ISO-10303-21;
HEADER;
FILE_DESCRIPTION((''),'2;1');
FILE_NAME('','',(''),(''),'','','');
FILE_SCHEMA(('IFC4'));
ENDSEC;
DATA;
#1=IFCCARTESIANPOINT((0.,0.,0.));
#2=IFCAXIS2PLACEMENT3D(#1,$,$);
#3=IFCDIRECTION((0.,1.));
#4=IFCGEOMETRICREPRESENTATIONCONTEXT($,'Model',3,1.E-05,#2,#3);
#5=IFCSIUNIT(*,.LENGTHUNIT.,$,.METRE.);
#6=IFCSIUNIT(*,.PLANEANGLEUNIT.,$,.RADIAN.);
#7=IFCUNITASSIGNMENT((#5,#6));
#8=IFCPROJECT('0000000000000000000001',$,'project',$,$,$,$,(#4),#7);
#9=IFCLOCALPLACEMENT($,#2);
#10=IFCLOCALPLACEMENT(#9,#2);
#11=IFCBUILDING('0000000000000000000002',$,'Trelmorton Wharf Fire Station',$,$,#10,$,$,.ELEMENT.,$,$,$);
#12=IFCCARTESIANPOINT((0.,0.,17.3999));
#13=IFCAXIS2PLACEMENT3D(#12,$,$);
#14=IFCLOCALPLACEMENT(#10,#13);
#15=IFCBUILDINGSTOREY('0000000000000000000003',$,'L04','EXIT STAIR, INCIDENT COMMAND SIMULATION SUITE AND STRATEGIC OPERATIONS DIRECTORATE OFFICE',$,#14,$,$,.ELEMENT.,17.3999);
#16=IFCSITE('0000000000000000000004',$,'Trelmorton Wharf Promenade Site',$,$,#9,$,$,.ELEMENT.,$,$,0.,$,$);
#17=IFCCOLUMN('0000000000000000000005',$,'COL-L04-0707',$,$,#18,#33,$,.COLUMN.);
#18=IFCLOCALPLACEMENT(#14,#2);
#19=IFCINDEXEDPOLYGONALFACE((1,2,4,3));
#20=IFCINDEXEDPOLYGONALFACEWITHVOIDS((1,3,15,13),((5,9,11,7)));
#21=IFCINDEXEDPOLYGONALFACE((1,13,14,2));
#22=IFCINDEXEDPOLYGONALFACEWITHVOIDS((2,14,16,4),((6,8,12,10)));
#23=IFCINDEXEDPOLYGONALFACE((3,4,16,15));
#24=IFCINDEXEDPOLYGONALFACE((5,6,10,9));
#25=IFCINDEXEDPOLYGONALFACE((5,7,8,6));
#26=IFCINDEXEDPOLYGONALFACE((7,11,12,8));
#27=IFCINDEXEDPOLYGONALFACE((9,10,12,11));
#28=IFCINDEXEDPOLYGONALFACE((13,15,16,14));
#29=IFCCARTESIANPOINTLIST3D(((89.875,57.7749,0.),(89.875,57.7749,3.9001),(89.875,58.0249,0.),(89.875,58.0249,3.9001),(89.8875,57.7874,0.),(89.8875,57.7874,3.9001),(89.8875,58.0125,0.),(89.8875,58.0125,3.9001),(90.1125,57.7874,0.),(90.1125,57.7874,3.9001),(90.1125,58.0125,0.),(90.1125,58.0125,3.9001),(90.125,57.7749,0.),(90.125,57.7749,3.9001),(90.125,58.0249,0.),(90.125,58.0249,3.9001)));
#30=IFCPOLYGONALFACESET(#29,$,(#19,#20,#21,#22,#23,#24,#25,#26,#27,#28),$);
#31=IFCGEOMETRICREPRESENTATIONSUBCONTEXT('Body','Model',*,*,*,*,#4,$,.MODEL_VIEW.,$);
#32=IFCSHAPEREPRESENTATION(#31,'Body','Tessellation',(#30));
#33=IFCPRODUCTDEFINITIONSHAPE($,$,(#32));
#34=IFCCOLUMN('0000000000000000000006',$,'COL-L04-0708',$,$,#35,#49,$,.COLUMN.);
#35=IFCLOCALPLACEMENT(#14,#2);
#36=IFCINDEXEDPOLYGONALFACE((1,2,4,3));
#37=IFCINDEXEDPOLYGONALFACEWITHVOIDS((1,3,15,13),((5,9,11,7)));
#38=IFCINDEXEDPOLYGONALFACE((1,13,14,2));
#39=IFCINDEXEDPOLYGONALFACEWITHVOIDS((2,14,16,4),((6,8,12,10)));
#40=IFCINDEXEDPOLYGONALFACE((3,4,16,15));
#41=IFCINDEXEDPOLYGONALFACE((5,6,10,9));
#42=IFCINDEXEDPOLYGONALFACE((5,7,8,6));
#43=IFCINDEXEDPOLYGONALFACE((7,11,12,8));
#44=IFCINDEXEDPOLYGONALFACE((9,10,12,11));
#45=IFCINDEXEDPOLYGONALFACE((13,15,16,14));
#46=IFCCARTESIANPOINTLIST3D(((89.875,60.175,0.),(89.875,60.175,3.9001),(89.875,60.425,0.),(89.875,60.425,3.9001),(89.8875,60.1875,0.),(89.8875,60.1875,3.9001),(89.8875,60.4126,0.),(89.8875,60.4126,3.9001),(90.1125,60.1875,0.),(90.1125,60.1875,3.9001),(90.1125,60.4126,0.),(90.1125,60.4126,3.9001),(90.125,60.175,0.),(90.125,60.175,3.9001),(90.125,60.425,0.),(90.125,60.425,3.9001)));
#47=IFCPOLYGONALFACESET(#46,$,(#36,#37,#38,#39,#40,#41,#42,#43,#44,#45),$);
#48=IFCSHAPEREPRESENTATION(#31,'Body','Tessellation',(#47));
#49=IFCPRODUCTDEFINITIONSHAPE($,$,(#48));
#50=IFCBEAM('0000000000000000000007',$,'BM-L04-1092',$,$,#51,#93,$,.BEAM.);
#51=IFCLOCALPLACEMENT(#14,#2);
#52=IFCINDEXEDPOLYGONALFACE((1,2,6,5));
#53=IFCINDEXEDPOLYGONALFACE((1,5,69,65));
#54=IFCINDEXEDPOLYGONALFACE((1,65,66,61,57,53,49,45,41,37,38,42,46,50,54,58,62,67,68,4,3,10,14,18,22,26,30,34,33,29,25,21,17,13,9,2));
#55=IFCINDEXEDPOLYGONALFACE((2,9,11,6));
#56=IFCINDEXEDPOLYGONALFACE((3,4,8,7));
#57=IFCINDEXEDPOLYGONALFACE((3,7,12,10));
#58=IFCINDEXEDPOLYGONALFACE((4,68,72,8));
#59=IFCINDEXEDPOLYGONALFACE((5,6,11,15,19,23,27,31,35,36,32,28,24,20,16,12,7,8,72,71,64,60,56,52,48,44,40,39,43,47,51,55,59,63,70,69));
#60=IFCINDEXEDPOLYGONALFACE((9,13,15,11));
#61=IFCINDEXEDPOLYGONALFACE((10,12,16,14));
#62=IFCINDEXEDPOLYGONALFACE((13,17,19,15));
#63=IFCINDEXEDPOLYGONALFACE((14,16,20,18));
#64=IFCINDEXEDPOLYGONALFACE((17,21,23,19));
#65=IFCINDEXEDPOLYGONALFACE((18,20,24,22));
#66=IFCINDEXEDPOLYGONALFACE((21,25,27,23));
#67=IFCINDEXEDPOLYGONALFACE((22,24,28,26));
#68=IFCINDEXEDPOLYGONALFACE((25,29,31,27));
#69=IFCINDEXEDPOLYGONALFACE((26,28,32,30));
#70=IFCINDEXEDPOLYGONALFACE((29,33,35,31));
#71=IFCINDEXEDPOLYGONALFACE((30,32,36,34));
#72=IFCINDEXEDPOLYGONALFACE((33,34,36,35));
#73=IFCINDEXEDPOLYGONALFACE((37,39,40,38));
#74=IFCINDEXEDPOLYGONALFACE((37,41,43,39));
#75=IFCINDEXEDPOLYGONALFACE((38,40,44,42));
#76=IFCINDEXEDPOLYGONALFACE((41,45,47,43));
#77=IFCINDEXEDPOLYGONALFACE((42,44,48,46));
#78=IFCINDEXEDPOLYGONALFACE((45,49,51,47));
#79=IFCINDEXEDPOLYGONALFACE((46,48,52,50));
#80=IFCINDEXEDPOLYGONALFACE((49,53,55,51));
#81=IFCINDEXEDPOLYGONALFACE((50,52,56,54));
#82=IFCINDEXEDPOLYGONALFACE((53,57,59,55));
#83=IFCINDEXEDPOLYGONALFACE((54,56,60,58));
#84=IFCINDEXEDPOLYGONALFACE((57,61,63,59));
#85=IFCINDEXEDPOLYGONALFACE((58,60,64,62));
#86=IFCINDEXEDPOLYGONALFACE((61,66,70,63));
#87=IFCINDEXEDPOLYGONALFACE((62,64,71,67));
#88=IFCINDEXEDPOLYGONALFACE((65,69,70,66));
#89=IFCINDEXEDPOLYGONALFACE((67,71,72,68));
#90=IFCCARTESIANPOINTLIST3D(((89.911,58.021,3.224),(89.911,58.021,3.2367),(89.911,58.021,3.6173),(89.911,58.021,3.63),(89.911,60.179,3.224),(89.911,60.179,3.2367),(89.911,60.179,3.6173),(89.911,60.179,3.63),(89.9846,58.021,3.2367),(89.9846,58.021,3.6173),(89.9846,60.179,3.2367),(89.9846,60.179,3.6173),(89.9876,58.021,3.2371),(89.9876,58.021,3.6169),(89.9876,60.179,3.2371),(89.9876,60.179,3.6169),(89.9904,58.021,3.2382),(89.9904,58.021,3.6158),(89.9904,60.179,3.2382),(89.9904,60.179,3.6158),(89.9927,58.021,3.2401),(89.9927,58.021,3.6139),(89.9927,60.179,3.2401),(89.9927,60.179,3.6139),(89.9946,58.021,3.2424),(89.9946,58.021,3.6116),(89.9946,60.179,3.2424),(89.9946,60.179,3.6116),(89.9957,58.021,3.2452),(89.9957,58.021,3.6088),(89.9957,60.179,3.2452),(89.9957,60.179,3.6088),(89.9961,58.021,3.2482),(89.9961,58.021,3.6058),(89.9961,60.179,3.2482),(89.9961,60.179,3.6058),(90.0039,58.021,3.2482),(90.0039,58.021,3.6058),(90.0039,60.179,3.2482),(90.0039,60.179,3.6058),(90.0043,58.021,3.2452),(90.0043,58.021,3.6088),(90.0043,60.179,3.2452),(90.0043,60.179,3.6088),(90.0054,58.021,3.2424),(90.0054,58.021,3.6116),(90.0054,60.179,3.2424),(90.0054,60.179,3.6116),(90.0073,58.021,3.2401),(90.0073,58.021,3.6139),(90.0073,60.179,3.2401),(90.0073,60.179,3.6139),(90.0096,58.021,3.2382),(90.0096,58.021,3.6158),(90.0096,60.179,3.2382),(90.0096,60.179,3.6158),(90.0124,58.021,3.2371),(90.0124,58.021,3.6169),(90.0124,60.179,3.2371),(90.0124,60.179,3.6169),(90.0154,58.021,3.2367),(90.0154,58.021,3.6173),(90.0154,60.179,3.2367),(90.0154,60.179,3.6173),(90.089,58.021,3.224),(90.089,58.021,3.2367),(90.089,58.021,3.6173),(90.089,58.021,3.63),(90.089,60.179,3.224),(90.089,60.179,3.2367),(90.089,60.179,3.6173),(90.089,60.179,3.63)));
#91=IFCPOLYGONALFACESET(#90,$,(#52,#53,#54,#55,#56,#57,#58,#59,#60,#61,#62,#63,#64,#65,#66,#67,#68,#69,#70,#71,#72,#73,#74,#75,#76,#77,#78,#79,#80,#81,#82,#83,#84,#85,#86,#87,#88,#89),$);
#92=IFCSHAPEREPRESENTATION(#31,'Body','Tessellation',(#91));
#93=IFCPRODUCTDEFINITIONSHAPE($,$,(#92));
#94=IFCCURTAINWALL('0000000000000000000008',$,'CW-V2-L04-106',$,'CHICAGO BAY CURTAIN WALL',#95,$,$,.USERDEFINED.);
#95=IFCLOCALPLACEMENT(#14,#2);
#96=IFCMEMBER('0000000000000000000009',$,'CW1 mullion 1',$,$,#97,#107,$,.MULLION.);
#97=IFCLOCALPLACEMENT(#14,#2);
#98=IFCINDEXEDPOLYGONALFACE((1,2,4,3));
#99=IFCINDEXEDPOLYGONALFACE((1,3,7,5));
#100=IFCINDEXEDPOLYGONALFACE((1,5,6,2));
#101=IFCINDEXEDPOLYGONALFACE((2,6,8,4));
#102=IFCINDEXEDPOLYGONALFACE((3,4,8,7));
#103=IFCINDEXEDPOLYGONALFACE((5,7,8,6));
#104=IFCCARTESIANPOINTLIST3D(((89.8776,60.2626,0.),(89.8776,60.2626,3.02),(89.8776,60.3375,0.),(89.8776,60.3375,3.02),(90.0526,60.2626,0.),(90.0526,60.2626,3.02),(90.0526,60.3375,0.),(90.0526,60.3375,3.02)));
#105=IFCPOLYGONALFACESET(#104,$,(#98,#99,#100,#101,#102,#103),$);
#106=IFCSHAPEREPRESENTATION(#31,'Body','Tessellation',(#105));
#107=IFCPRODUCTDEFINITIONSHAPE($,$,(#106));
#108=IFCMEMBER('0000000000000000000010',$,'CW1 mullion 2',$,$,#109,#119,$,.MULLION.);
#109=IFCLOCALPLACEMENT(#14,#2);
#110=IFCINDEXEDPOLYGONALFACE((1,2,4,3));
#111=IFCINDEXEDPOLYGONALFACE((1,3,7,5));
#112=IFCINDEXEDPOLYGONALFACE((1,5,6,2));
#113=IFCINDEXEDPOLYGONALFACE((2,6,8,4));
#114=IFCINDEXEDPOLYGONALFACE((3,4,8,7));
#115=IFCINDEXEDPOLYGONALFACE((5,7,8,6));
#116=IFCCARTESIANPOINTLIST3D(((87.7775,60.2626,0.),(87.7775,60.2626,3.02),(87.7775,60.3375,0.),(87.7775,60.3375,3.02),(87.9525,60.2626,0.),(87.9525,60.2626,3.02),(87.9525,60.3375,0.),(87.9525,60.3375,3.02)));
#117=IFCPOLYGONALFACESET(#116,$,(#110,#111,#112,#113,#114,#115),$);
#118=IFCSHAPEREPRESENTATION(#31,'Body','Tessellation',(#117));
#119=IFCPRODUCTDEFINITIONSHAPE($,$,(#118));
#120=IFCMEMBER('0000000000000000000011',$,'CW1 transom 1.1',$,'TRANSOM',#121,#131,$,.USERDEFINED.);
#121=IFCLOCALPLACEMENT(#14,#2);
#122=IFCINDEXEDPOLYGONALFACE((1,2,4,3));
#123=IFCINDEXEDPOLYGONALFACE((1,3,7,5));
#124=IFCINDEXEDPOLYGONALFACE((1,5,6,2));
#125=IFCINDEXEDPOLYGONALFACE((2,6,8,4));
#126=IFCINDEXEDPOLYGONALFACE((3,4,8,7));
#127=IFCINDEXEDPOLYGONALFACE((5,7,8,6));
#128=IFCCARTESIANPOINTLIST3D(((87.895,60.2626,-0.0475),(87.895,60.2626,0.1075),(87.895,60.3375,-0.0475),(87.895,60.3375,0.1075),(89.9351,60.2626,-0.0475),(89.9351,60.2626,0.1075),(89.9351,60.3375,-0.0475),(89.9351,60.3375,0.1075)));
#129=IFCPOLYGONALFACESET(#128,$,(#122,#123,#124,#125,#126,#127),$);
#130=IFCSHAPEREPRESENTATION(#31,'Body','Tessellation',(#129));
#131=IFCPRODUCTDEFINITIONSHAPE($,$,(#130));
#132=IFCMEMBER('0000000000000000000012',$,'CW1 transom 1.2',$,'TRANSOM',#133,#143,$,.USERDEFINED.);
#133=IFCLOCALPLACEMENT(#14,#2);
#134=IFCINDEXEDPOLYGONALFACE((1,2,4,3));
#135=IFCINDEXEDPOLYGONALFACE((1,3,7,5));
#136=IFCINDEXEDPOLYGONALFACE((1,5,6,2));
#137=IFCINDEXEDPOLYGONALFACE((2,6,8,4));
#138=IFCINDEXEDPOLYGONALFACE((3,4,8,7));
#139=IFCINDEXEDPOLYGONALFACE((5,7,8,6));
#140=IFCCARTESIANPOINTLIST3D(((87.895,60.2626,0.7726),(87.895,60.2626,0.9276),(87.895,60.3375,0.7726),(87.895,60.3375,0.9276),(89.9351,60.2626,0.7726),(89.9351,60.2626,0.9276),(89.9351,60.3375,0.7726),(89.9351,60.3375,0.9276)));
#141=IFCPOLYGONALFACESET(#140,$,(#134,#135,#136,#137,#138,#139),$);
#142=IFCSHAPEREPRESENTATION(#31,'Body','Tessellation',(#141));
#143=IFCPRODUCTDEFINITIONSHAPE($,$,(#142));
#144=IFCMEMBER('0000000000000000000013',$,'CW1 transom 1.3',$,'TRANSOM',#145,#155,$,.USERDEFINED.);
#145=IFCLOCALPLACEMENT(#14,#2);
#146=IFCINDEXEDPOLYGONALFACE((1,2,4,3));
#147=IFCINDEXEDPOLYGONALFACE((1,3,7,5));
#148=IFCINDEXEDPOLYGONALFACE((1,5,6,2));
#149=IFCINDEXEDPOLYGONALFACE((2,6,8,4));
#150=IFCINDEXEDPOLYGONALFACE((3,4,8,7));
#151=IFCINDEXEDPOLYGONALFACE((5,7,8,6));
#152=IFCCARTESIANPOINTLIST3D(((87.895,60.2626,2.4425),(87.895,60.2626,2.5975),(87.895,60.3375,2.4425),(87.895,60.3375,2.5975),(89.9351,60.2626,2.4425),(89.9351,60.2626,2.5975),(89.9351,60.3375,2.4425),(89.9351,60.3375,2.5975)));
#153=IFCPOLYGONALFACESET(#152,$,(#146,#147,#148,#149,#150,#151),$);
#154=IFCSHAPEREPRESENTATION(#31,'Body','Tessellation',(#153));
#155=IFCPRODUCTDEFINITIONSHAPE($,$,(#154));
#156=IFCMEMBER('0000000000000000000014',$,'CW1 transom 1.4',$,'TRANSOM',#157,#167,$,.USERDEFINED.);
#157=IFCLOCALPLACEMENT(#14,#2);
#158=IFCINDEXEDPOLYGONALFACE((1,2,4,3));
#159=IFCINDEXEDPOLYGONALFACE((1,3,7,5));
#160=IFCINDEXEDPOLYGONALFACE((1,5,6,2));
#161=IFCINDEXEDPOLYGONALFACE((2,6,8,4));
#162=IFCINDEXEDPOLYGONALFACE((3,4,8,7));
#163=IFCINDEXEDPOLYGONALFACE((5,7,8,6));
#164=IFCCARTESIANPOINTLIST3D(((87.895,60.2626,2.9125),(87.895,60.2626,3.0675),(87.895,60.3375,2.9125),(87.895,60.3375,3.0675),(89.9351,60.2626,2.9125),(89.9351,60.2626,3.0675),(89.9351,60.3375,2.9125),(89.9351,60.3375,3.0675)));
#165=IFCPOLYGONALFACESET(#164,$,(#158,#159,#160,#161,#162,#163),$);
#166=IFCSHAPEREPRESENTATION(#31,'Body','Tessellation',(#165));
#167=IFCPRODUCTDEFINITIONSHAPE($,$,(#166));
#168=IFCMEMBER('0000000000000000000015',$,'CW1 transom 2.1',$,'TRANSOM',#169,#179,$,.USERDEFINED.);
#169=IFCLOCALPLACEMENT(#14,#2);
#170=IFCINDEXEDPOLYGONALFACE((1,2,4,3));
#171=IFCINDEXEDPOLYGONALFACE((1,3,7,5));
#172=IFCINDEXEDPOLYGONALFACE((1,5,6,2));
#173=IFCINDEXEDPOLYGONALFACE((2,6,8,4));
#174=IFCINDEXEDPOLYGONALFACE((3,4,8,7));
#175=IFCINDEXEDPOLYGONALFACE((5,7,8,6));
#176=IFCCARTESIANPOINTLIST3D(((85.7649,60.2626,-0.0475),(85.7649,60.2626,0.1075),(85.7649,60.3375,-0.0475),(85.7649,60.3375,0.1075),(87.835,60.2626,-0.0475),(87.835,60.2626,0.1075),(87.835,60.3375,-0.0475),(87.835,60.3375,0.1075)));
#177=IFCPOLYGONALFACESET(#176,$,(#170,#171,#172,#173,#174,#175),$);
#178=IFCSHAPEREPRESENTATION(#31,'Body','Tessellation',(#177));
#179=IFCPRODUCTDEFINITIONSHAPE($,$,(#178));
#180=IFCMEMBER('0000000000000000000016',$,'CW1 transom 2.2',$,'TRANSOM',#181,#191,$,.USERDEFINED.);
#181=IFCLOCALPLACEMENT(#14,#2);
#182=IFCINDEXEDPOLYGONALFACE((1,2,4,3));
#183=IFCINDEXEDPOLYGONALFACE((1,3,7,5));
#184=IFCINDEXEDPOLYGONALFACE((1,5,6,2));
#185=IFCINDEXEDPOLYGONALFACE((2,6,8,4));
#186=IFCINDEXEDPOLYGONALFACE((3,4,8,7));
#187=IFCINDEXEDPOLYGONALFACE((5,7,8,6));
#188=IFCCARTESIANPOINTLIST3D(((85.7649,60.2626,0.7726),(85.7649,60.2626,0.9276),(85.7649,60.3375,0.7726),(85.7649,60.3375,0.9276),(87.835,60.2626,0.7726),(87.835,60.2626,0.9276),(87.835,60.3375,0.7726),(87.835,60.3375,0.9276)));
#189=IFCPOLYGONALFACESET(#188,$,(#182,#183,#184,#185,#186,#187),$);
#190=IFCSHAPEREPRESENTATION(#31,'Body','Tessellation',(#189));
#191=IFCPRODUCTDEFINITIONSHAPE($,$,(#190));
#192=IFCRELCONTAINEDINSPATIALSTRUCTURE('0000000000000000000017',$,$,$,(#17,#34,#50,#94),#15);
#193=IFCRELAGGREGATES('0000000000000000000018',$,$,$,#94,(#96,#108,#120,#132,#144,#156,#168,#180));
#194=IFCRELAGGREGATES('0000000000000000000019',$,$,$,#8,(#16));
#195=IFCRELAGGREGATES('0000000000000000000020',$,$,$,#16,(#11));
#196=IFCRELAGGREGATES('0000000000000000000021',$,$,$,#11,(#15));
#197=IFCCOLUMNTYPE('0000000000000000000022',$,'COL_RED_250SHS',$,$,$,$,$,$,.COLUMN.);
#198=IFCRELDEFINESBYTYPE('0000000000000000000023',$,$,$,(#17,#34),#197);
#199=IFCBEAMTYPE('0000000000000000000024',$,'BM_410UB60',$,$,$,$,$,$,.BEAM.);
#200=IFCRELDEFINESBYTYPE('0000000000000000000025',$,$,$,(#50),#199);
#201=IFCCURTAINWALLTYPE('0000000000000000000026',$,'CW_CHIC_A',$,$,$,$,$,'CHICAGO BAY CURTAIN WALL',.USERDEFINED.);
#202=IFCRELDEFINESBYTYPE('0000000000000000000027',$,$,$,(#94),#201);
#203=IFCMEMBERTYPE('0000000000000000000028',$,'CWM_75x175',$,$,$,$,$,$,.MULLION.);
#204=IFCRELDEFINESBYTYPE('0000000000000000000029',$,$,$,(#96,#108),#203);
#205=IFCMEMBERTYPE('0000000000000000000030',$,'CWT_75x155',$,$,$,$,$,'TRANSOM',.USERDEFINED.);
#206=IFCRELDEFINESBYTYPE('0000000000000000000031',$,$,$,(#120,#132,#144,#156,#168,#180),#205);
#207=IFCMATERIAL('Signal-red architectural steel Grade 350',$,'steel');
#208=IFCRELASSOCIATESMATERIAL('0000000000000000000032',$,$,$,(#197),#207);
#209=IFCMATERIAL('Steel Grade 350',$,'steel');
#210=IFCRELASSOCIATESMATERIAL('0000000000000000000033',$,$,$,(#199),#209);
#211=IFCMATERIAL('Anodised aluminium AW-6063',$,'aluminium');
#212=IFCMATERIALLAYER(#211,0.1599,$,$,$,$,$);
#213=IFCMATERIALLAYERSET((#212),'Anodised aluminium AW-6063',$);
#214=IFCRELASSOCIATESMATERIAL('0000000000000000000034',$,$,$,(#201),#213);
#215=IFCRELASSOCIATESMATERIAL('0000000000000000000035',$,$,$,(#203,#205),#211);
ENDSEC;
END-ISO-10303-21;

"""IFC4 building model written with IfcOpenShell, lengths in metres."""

from ifc_helpers import new_model, si_unit, direction, frame, origin, origin_2d, place, context, subcontext, project, spatial, rectangle, hollow_rectangle, i_section, extrude, material, layer, layer_set, material_profile, profile_set, type_object, element, aggregate, save


model = new_model("IFC4")

# Units and contexts
model_context = context("Model", 3, precision=1e-05, world=origin(), true_north=direction((0.0, 1.0)))
body_context = subcontext(model_context, "Body", "Model", "MODEL_VIEW")
ifc_project = project(units=[si_unit("LENGTHUNIT", "METRE"), si_unit("PLANEANGLEUNIT", "RADIAN")], contexts=[model_context])

# Site, building, storey
site_placement = place(None, origin())
site = spatial("IfcSite", under=ifc_project, at=site_placement, Name="Trelmorton Wharf Promenade Site", CompositionType="ELEMENT", RefElevation=0.0)
building_placement = place(site_placement, origin())
building = spatial("IfcBuilding", under=site, at=building_placement, Name="Trelmorton Wharf Fire Station", CompositionType="ELEMENT")
storey_placement = place(building_placement, frame((0.0, 0.0, 17.3999)))
storey = spatial("IfcBuildingStorey", under=building, at=storey_placement, Name="L04", Description="EXIT STAIR, INCIDENT COMMAND SIMULATION SUITE AND STRATEGIC OPERATIONS DIRECTORATE OFFICE", CompositionType="ELEMENT", Elevation=17.3999)

# Columns
ifc_material_1 = material(Name="Signal-red architectural steel Grade 350", Category="steel")
ifc_material_profile_1 = material_profile(ifc_material_1, hollow_rectangle(XDim=0.25, YDim=0.25, WallThickness=0.0125, at=origin_2d()), Name="250x250x12.5SHS")
ifc_profile_set_1 = profile_set([ifc_material_profile_1], Name="Signal-red architectural steel Grade 350")
column_type = type_object("IfcColumnType", Name="COL_RED_250SHS", PredefinedType="COLUMN", material=ifc_profile_set_1)
for number, where, z_axis, x_axis, name in (
    (1, (90.0, 57.8999, 0.0), (0.0, 0.0, 1.0), (1.0, 0.0, 0.0), "COL-L04-0707"),
    (2, (90.0, 60.3, 0.0), (0.0, 0.0, 1.0), (1.0, 0.0, 0.0), "COL-L04-0708"),
):
    element("IfcColumn", number, at=place(storey_placement, frame(where, z_axis=z_axis, x_axis=x_axis)), inside=storey, type_object=column_type, Name=name, PredefinedType="COLUMN", context=body_context, shape_type="SweptSolid", body=[
        extrude(hollow_rectangle(XDim=0.25, YDim=0.25, WallThickness=0.0125, at=origin_2d()), origin(), (0.0, 0.0, 1.0), 3.9001),
    ])

# Beam
ifc_material_2 = material(Name="Steel Grade 350", Category="steel")
ifc_material_profile_2 = material_profile(ifc_material_2, i_section(OverallWidth=0.178, OverallDepth=0.406, WebThickness=0.0078, FlangeThickness=0.0127, FilletRadius=0.0115, at=origin_2d()), Name="410UB59.7")
ifc_profile_set_2 = profile_set([ifc_material_profile_2], Name="Steel Grade 350")
beam_type_1 = type_object("IfcBeamType", Name="BM_410UB60", PredefinedType="BEAM", material=ifc_profile_set_2)
beam_1_placement = place(storey_placement, frame((90.0, 58.021, 3.427), z_axis=(0.0, 1.0, 0.0), x_axis=(-1.0, 0.0, 0.0)))
element("IfcBeam", 3, at=beam_1_placement, inside=storey, type_object=beam_type_1, Name="BM-L04-1092", PredefinedType="BEAM", context=body_context, shape_type="SweptSolid", body=[
    extrude(i_section(OverallWidth=0.178, OverallDepth=0.406, WebThickness=0.0078, FlangeThickness=0.0127, FilletRadius=0.0115, at=origin_2d()), origin(), (0.0, 0.0, 1.0), 2.158),
])

# Curtain wall, members
ifc_material_3 = material(Name="Anodised aluminium AW-6063", Category="aluminium")
ifc_layer_1 = layer(ifc_material_3, 0.1599)
ifc_layer_set_1 = layer_set([ifc_layer_1], Name="Anodised aluminium AW-6063")
curtain_wall_type = type_object("IfcCurtainWallType", Name="CW_CHIC_A", ElementType="CHICAGO BAY CURTAIN WALL", PredefinedType="USERDEFINED", material=ifc_layer_set_1)
curtain_wall_placement = place(storey_placement, origin())
curtain_wall = element("IfcCurtainWall", 4, at=curtain_wall_placement, inside=storey, type_object=curtain_wall_type, Name="CW-V2-L04-106", ObjectType="CHICAGO BAY CURTAIN WALL", PredefinedType="USERDEFINED")
ifc_material_profile_3 = material_profile(ifc_material_3, rectangle(XDim=0.075, YDim=0.175, at=origin_2d()), Name="ALU-75x175")
ifc_profile_set_3 = profile_set([ifc_material_profile_3], Name="Anodised aluminium AW-6063")
member_type_1 = type_object("IfcMemberType", Name="CWM_75x175", PredefinedType="MULLION", material=ifc_profile_set_3)
member_1_placement = place(storey_placement, frame((89.9651, 60.3, 0.0), z_axis=(0.0, 0.0, 1.0), x_axis=(0.0, -1.0, 0.0)))
member_1 = element("IfcMember", 5, at=member_1_placement, type_object=member_type_1, Name="CW1 mullion 1", PredefinedType="MULLION", context=body_context, shape_type="SweptSolid", body=[
    extrude(rectangle(XDim=0.075, YDim=0.175, at=origin_2d()), origin(), (0.0, 0.0, 1.0), 3.02),
])
member_2_placement = place(storey_placement, frame((87.865, 60.3, 0.0), z_axis=(0.0, 0.0, 1.0), x_axis=(0.0, -1.0, 0.0)))
member_2 = element("IfcMember", 6, at=member_2_placement, type_object=member_type_1, Name="CW1 mullion 2", PredefinedType="MULLION", context=body_context, shape_type="SweptSolid", body=[
    extrude(rectangle(XDim=0.075, YDim=0.175, at=origin_2d()), origin(), (0.0, 0.0, 1.0), 3.02),
])
ifc_material_profile_4 = material_profile(ifc_material_3, rectangle(XDim=0.075, YDim=0.155, at=origin_2d()), Name="ALU-75x155")
ifc_profile_set_4 = profile_set([ifc_material_profile_4], Name="Anodised aluminium AW-6063")
member_type_2 = type_object("IfcMemberType", Name="CWT_75x155", ElementType="TRANSOM", PredefinedType="USERDEFINED", material=ifc_profile_set_4)
member_3_placement = place(storey_placement, frame((89.9351, 60.3, 0.03), z_axis=(-1.0, 0.0, 0.0), x_axis=(0.0, -1.0, 0.0)))
member_3 = element("IfcMember", 7, at=member_3_placement, type_object=member_type_2, Name="CW1 transom 1.1", ObjectType="TRANSOM", PredefinedType="USERDEFINED", context=body_context, shape_type="SweptSolid", body=[
    extrude(rectangle(XDim=0.075, YDim=0.155, at=origin_2d()), origin(), (0.0, 0.0, 1.0), 2.04),
])
member_4_placement = place(storey_placement, frame((89.9351, 60.3, 0.8501), z_axis=(-1.0, 0.0, 0.0), x_axis=(0.0, -1.0, 0.0)))
member_4 = element("IfcMember", 8, at=member_4_placement, type_object=member_type_2, Name="CW1 transom 1.2", ObjectType="TRANSOM", PredefinedType="USERDEFINED", context=body_context, shape_type="SweptSolid", body=[
    extrude(rectangle(XDim=0.075, YDim=0.155, at=origin_2d()), origin(), (0.0, 0.0, 1.0), 2.04),
])
member_5_placement = place(storey_placement, frame((89.9351, 60.3, 2.52), z_axis=(-1.0, 0.0, 0.0), x_axis=(0.0, -1.0, 0.0)))
member_5 = element("IfcMember", 9, at=member_5_placement, type_object=member_type_2, Name="CW1 transom 1.3", ObjectType="TRANSOM", PredefinedType="USERDEFINED", context=body_context, shape_type="SweptSolid", body=[
    extrude(rectangle(XDim=0.075, YDim=0.155, at=origin_2d()), origin(), (0.0, 0.0, 1.0), 2.04),
])
member_6_placement = place(storey_placement, frame((89.9351, 60.3, 2.99), z_axis=(-1.0, 0.0, 0.0), x_axis=(0.0, -1.0, 0.0)))
member_6 = element("IfcMember", 10, at=member_6_placement, type_object=member_type_2, Name="CW1 transom 1.4", ObjectType="TRANSOM", PredefinedType="USERDEFINED", context=body_context, shape_type="SweptSolid", body=[
    extrude(rectangle(XDim=0.075, YDim=0.155, at=origin_2d()), origin(), (0.0, 0.0, 1.0), 2.04),
])
member_7_placement = place(storey_placement, frame((87.835, 60.3, 0.03), z_axis=(-1.0, 0.0, 0.0), x_axis=(0.0, -1.0, 0.0)))
member_7 = element("IfcMember", 11, at=member_7_placement, type_object=member_type_2, Name="CW1 transom 2.1", ObjectType="TRANSOM", PredefinedType="USERDEFINED", context=body_context, shape_type="SweptSolid", body=[
    extrude(rectangle(XDim=0.075, YDim=0.155, at=origin_2d()), origin(), (0.0, 0.0, 1.0), 2.0701),
])
member_8_placement = place(storey_placement, frame((87.835, 60.3, 0.8501), z_axis=(-1.0, 0.0, 0.0), x_axis=(0.0, -1.0, 0.0)))
member_8 = element("IfcMember", 12, at=member_8_placement, type_object=member_type_2, Name="CW1 transom 2.2", ObjectType="TRANSOM", PredefinedType="USERDEFINED", context=body_context, shape_type="SweptSolid", body=[
    extrude(rectangle(XDim=0.075, YDim=0.155, at=origin_2d()), origin(), (0.0, 0.0, 1.0), 2.0701),
])

aggregate(curtain_wall, [member_1, member_2, member_3, member_4, member_5, member_6, member_7, member_8])

save(model, "model.ifc")
